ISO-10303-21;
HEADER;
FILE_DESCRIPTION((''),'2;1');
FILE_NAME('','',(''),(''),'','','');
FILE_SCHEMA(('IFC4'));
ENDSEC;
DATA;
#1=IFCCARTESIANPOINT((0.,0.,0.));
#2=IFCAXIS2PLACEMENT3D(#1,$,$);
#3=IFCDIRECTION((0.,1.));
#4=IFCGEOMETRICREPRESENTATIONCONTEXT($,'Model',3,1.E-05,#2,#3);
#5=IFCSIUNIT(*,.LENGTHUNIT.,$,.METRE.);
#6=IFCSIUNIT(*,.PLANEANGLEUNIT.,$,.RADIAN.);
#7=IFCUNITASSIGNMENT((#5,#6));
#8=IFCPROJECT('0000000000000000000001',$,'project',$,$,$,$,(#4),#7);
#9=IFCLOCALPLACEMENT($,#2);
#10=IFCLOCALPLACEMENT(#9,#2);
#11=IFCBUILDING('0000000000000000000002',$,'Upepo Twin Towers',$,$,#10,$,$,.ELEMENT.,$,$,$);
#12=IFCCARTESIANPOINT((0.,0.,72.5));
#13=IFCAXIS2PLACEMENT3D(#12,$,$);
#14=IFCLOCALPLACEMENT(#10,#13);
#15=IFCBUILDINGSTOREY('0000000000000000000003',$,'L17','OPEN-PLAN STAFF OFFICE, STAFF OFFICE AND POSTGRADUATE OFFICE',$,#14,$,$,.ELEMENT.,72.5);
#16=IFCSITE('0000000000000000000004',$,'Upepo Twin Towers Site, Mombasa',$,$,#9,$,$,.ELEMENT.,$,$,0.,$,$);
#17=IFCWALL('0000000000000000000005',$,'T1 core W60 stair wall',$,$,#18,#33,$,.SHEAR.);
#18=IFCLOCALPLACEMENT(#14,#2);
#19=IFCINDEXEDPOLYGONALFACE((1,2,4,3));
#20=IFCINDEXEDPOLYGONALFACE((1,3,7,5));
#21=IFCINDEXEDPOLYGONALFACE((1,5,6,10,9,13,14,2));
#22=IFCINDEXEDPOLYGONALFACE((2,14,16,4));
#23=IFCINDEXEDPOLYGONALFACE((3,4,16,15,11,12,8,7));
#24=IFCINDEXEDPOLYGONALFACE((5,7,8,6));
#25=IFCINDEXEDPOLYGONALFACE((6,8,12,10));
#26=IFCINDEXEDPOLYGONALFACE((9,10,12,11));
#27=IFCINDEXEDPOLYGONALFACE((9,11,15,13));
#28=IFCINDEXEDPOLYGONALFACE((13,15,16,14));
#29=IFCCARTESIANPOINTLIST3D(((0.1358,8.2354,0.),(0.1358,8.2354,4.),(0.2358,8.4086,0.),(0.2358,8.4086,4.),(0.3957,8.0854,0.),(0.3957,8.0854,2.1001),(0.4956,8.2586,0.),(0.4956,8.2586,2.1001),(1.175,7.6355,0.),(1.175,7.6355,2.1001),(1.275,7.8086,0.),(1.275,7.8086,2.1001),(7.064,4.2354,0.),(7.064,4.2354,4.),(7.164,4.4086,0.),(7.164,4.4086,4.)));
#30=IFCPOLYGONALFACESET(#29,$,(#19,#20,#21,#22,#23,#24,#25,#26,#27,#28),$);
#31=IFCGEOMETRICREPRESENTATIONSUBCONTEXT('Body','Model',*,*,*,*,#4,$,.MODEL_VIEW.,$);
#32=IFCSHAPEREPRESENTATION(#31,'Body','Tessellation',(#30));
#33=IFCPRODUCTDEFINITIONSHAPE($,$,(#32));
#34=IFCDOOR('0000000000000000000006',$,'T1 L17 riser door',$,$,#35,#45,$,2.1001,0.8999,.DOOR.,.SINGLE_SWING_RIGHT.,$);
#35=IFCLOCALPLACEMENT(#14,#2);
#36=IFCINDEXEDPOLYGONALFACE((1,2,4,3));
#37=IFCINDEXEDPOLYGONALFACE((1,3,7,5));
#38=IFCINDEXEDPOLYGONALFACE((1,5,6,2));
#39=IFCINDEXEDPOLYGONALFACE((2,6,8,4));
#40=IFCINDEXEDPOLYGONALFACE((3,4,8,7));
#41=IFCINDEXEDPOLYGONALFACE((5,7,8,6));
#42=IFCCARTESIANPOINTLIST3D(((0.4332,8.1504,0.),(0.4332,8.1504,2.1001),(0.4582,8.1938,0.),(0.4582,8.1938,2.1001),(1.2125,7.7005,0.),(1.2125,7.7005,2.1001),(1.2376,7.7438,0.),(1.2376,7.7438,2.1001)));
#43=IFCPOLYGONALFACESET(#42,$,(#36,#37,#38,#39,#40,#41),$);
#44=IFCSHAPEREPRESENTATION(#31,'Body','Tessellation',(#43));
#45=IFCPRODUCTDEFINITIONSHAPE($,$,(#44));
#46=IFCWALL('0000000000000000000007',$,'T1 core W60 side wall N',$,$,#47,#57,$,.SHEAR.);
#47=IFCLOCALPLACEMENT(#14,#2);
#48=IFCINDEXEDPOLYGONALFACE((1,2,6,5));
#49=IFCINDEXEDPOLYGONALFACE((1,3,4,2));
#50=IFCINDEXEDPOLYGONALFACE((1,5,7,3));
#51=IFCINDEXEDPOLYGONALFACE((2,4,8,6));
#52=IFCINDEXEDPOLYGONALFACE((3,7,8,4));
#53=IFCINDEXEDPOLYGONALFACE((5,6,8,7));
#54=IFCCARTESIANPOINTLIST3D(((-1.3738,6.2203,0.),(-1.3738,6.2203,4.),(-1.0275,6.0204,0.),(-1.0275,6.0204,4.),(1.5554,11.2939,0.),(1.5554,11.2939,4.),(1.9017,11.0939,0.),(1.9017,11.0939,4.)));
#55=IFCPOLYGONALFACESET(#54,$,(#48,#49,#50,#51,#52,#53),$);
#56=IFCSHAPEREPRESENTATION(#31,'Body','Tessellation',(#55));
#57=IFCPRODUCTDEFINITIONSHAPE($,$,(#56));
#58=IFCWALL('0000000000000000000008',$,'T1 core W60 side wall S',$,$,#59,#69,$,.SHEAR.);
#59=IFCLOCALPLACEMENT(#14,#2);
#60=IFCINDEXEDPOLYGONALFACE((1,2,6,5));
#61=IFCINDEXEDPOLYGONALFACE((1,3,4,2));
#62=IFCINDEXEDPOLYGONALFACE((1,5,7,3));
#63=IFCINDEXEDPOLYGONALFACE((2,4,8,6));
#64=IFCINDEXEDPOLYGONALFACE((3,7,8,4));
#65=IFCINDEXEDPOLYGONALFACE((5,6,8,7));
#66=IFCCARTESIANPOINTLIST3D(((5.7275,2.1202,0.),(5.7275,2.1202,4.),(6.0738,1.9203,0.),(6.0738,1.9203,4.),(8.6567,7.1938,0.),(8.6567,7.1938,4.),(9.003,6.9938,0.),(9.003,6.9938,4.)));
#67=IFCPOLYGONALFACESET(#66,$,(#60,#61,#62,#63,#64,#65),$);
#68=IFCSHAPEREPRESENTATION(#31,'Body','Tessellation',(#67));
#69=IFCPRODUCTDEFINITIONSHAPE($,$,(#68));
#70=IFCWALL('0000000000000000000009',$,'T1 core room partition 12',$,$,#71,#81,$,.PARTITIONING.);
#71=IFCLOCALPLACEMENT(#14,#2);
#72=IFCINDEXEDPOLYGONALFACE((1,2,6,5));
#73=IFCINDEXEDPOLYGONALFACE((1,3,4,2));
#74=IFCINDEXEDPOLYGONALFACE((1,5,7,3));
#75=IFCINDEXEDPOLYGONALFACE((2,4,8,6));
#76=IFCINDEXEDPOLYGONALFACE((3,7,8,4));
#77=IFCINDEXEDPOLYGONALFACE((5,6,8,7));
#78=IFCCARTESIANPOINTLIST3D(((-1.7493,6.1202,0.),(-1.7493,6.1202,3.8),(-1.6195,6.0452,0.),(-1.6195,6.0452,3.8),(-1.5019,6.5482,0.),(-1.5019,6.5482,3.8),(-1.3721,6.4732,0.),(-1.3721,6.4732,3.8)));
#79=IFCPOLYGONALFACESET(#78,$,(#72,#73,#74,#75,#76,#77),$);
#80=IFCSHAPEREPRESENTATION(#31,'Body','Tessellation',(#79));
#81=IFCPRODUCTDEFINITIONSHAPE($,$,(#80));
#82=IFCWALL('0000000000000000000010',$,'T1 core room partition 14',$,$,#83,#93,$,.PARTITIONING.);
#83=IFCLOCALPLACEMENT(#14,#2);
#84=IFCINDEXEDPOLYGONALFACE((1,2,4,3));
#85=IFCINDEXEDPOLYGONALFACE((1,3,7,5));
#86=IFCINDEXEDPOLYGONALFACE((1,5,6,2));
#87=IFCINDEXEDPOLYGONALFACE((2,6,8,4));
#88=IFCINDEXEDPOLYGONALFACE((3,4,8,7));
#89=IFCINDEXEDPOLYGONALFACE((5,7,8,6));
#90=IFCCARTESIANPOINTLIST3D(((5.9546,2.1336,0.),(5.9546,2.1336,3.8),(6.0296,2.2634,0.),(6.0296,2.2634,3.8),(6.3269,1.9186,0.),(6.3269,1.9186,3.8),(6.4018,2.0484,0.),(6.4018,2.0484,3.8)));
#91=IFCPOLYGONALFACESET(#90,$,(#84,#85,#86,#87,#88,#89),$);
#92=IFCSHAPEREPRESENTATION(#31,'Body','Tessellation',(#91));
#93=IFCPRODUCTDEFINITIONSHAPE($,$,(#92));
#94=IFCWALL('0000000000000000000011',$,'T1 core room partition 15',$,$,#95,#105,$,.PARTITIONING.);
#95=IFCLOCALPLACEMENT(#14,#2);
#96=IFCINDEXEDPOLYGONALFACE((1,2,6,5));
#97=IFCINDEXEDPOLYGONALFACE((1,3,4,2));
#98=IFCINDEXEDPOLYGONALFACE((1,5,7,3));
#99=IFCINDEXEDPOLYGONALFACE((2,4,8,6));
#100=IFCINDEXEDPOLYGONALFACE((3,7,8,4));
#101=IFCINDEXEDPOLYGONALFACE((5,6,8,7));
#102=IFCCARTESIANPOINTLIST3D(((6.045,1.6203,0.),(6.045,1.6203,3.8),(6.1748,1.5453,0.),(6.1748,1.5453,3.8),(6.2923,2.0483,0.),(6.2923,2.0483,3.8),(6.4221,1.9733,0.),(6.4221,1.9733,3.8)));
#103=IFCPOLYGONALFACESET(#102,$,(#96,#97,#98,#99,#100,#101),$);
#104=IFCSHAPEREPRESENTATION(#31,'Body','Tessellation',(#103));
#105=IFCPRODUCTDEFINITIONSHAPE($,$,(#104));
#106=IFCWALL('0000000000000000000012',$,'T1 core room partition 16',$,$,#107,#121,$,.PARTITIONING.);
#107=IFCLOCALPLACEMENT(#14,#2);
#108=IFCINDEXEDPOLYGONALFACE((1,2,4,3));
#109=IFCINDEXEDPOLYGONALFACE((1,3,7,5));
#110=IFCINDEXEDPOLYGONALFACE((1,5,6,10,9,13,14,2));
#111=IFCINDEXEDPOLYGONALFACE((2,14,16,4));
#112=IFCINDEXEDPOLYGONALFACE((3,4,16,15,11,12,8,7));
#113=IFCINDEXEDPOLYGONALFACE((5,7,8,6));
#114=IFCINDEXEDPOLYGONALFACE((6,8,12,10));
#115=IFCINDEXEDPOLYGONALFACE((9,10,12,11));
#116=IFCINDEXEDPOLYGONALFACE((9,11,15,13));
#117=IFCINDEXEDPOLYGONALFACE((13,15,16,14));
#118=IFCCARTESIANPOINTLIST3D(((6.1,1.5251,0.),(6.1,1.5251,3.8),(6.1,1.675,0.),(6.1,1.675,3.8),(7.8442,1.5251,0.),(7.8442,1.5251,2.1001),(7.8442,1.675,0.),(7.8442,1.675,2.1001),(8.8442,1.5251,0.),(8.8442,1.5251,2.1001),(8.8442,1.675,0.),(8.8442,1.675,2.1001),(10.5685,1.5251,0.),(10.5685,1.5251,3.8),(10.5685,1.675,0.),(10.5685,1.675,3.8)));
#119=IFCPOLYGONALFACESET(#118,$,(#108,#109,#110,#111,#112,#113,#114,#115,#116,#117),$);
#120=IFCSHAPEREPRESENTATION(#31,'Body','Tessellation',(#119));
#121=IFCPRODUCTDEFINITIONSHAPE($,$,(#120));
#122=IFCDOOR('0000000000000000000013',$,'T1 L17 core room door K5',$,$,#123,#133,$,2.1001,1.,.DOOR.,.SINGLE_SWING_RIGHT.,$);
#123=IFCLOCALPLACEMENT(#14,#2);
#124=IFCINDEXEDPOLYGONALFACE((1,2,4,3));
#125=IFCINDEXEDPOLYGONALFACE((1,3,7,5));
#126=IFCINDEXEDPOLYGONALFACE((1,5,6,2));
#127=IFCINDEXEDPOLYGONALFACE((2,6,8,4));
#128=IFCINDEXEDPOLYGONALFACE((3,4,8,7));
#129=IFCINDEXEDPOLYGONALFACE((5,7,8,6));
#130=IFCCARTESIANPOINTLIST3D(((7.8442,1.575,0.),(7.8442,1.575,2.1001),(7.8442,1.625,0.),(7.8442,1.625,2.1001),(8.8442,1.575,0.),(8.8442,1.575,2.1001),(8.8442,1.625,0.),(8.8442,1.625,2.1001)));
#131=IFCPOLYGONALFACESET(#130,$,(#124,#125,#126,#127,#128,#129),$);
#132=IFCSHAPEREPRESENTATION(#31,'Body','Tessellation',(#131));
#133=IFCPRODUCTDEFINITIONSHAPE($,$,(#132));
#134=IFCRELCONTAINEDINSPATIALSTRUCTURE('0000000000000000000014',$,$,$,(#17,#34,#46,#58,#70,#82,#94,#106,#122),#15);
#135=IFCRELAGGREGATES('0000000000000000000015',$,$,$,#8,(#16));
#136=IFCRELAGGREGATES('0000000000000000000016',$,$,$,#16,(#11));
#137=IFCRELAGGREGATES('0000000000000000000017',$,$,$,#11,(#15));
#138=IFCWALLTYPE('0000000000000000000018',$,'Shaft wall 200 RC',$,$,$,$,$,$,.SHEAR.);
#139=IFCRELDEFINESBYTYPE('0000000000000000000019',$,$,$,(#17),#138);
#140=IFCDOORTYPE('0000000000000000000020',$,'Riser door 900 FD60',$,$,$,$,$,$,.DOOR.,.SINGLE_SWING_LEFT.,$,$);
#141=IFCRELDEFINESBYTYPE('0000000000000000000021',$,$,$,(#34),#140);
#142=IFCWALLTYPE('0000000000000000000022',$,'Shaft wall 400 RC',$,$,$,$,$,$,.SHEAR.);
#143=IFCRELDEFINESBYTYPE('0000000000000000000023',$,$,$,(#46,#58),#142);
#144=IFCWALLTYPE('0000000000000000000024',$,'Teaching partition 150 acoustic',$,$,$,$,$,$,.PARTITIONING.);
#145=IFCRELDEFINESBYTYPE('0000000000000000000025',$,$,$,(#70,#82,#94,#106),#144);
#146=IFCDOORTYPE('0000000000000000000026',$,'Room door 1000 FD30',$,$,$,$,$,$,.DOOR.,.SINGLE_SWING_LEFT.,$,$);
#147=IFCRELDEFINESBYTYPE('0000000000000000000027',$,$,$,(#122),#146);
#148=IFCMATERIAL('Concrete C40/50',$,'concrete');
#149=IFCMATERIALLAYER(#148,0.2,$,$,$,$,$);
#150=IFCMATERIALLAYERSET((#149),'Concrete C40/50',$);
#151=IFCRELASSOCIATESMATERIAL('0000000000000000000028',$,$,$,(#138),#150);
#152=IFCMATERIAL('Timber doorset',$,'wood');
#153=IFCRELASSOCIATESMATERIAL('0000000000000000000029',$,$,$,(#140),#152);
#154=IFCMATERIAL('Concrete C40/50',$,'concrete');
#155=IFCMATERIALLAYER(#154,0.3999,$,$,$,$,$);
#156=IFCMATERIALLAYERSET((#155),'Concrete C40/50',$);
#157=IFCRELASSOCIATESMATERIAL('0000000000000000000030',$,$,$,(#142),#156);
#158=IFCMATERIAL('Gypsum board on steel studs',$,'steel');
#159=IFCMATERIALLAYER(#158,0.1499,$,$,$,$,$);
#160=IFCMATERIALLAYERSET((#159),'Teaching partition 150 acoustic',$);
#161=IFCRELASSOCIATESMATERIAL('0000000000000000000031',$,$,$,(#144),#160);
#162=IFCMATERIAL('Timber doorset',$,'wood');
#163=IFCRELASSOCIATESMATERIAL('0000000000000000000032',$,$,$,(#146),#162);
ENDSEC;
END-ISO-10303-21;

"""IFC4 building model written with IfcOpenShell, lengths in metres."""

from ifc_helpers import new_model, si_unit, direction, frame, frame_2d, origin, place, context, subcontext, project, spatial, rectangle, extrude, material, layer, layer_set, type_object, element, fill, save


model = new_model("IFC4")

# Units and contexts
model_context = context("Model", 3, precision=1e-05, world=origin(), true_north=direction((0.0, 1.0)))
body_context = subcontext(model_context, "Body", "Model", "MODEL_VIEW")
ifc_project = project(units=[si_unit("LENGTHUNIT", "METRE"), si_unit("PLANEANGLEUNIT", "RADIAN")], contexts=[model_context])

# Site, building, storey
site_placement = place(None, origin())
site = spatial("IfcSite", under=ifc_project, at=site_placement, Name="Upepo Twin Towers Site, Mombasa", CompositionType="ELEMENT", RefElevation=0.0)
building_placement = place(site_placement, origin())
building = spatial("IfcBuilding", under=site, at=building_placement, Name="Upepo Twin Towers", CompositionType="ELEMENT")
storey_placement = place(building_placement, frame((0.0, 0.0, 72.5)))
storey = spatial("IfcBuildingStorey", under=building, at=storey_placement, Name="L17", Description="OPEN-PLAN STAFF OFFICE, STAFF OFFICE AND POSTGRADUATE OFFICE", CompositionType="ELEMENT", Elevation=72.5)

# Shared definitions
ifc_material_1 = material(Name="Concrete C40/50", Category="concrete")
ifc_layer_1 = layer(ifc_material_1, 0.2)
ifc_layer_set_1 = layer_set([ifc_layer_1], Name="Concrete C40/50")
wall_type_1 = type_object("IfcWallType", Name="Shaft wall 200 RC", PredefinedType="SHEAR", material=ifc_layer_set_1)

# Wall, opening, door
wall_1_placement = place(storey_placement, frame((7.114, 4.322, 0.0), z_axis=(0.0, 0.0, 1.0), x_axis=(-0.866026, 0.499999, 0.0)))
wall_1 = element("IfcWall", 1, at=wall_1_placement, inside=storey, type_object=wall_type_1, Name="T1 core W60 stair wall", PredefinedType="SHEAR", context=body_context, shape_type="SweptSolid", body=[
    extrude(rectangle(XDim=8.0, YDim=0.2, at=frame_2d((4.0, 0.0))), origin(), (0.0, 0.0, 1.0), 4.0),
])
opening_1_placement = place(wall_1_placement, frame((6.8, 0.0, 0.0)))
opening_1 = element("IfcOpeningElement", 2, at=opening_1_placement, cuts=wall_1, PredefinedType="OPENING", context=body_context, shape_type="SweptSolid", body=[
    extrude(rectangle(XDim=0.8999, YDim=2.1001, at=frame_2d((0.45, 1.05))), frame((0.0, 0.1099, 0.0), z_axis=(0.0, -1.0, 0.0), x_axis=(1.0, 0.0, 0.0)), (0.0, 0.0, 1.0), 0.22),
])
ifc_material_2 = material(Name="Timber doorset", Category="wood")
door_type_1 = type_object("IfcDoorType", Name="Riser door 900 FD60", OperationType="SINGLE_SWING_LEFT", PredefinedType="DOOR", material=ifc_material_2)
door_1_placement = place(opening_1_placement, origin())
door_1 = element("IfcDoor", 3, at=door_1_placement, inside=storey, type_object=door_type_1, Name="T1 L17 riser door", OperationType="SINGLE_SWING_RIGHT", OverallHeight=2.1001, OverallWidth=0.8999, PredefinedType="DOOR", context=body_context, shape_type="SweptSolid", body=[
    extrude(rectangle(XDim=0.8999, YDim=2.1001, at=frame_2d((0.45, 1.05))), frame((0.0, 0.0249, 0.0), z_axis=(0.0, -1.0, 0.0), x_axis=(1.0, 0.0, 0.0)), (0.0, 0.0, 1.0), 0.05),
])
fill(opening_1, door_1)

# Walls
ifc_material_3 = material(Name="Concrete C40/50", Category="concrete")
ifc_layer_2 = layer(ifc_material_3, 0.3999)
ifc_layer_set_2 = layer_set([ifc_layer_2], Name="Concrete C40/50")
wall_type_2 = type_object("IfcWallType", Name="Shaft wall 400 RC", PredefinedType="SHEAR", material=ifc_layer_set_2)
for number, where, z_axis, x_axis, name in (
    (4, (-1.2007, 6.1204, 0.0), (0.0, 0.0, 1.0), (0.500003, 0.866024, 0.0), "T1 core W60 side wall N"),
    (5, (5.9006, 2.0203, 0.0), (0.0, 0.0, 1.0), (0.500003, 0.866024, 0.0), "T1 core W60 side wall S"),
):
    element("IfcWall", number, at=place(storey_placement, frame(where, z_axis=z_axis, x_axis=x_axis)), inside=storey, type_object=wall_type_2, Name=name, PredefinedType="SHEAR", context=body_context, shape_type="SweptSolid", body=[
        extrude(rectangle(XDim=5.8584, YDim=0.3999, at=frame_2d((2.9292, 0.0))), origin(), (0.0, 0.0, 1.0), 4.0),
    ])
ifc_material_4 = material(Name="Gypsum board on steel studs", Category="steel")
ifc_layer_3 = layer(ifc_material_4, 0.1499)
ifc_layer_set_3 = layer_set([ifc_layer_3], Name="Teaching partition 150 acoustic")
wall_type_3 = type_object("IfcWallType", Name="Teaching partition 150 acoustic", PredefinedType="PARTITIONING", material=ifc_layer_set_3)
wall_2_placement = place(storey_placement, frame((-1.6843, 6.0828, 0.0), z_axis=(0.0, 0.0, 1.0), x_axis=(0.500335, 0.865832, 0.0)))
element("IfcWall", 6, at=wall_2_placement, inside=storey, type_object=wall_type_3, Name="T1 core room partition 12", PredefinedType="PARTITIONING", context=body_context, shape_type="SweptSolid", body=[
    extrude(rectangle(XDim=0.4944, YDim=0.1499, at=frame_2d((0.2471, 0.0))), origin(), (0.0, 0.0, 1.0), 3.8),
])
wall_3_placement = place(storey_placement, frame((5.9922, 2.1985, 0.0), z_axis=(0.0, 0.0, 1.0), x_axis=(0.865892, -0.50023, 0.0)))
element("IfcWall", 7, at=wall_3_placement, inside=storey, type_object=wall_type_3, Name="T1 core room partition 14", PredefinedType="PARTITIONING", context=body_context, shape_type="SweptSolid", body=[
    extrude(rectangle(XDim=0.4299, YDim=0.1499, at=frame_2d((0.2148, 0.0))), origin(), (0.0, 0.0, 1.0), 3.8),
])
wall_4_placement = place(storey_placement, frame((6.3572, 2.0107, 0.0), z_axis=(0.0, 0.0, 1.0), x_axis=(-0.500335, -0.865832, 0.0)))
element("IfcWall", 8, at=wall_4_placement, inside=storey, type_object=wall_type_3, Name="T1 core room partition 15", PredefinedType="PARTITIONING", context=body_context, shape_type="SweptSolid", body=[
    extrude(rectangle(XDim=0.4944, YDim=0.1499, at=frame_2d((0.2471, 0.0))), origin(), (0.0, 0.0, 1.0), 3.8),
])

# Wall, opening, door
wall_5_placement = place(storey_placement, frame((6.0999, 1.6001, 0.0), z_axis=(0.0, 0.0, 1.0), x_axis=(1.0, 0.0, 0.0)))
wall_5 = element("IfcWall", 9, at=wall_5_placement, inside=storey, type_object=wall_type_3, Name="T1 core room partition 16", PredefinedType="PARTITIONING", context=body_context, shape_type="SweptSolid", body=[
    extrude(rectangle(XDim=4.4685, YDim=0.1499, at=frame_2d((2.2344, 0.0))), origin(), (0.0, 0.0, 1.0), 3.8),
])
opening_2_placement = place(wall_5_placement, frame((1.7444, 0.0, 0.0)))
opening_2 = element("IfcOpeningElement", 10, at=opening_2_placement, cuts=wall_5, PredefinedType="OPENING", context=body_context, shape_type="SweptSolid", body=[
    extrude(rectangle(XDim=1.0, YDim=2.1001, at=frame_2d((0.5, 1.05))), frame((0.0, 0.085, 0.0), z_axis=(0.0, -1.0, 0.0), x_axis=(1.0, 0.0, 0.0)), (0.0, 0.0, 1.0), 0.1699),
])
ifc_material_5 = material(Name="Timber doorset", Category="wood")
door_type_2 = type_object("IfcDoorType", Name="Room door 1000 FD30", OperationType="SINGLE_SWING_LEFT", PredefinedType="DOOR", material=ifc_material_5)
door_2_placement = place(opening_2_placement, origin())
door_2 = element("IfcDoor", 11, at=door_2_placement, inside=storey, type_object=door_type_2, Name="T1 L17 core room door K5", OperationType="SINGLE_SWING_RIGHT", OverallHeight=2.1001, OverallWidth=1.0, PredefinedType="DOOR", context=body_context, shape_type="SweptSolid", body=[
    extrude(rectangle(XDim=1.0, YDim=2.1001, at=frame_2d((0.5, 1.05))), frame((0.0, 0.0249, 0.0), z_axis=(0.0, -1.0, 0.0), x_axis=(1.0, 0.0, 0.0)), (0.0, 0.0, 1.0), 0.05),
])
fill(opening_2, door_2)

save(model, "model.ifc")
